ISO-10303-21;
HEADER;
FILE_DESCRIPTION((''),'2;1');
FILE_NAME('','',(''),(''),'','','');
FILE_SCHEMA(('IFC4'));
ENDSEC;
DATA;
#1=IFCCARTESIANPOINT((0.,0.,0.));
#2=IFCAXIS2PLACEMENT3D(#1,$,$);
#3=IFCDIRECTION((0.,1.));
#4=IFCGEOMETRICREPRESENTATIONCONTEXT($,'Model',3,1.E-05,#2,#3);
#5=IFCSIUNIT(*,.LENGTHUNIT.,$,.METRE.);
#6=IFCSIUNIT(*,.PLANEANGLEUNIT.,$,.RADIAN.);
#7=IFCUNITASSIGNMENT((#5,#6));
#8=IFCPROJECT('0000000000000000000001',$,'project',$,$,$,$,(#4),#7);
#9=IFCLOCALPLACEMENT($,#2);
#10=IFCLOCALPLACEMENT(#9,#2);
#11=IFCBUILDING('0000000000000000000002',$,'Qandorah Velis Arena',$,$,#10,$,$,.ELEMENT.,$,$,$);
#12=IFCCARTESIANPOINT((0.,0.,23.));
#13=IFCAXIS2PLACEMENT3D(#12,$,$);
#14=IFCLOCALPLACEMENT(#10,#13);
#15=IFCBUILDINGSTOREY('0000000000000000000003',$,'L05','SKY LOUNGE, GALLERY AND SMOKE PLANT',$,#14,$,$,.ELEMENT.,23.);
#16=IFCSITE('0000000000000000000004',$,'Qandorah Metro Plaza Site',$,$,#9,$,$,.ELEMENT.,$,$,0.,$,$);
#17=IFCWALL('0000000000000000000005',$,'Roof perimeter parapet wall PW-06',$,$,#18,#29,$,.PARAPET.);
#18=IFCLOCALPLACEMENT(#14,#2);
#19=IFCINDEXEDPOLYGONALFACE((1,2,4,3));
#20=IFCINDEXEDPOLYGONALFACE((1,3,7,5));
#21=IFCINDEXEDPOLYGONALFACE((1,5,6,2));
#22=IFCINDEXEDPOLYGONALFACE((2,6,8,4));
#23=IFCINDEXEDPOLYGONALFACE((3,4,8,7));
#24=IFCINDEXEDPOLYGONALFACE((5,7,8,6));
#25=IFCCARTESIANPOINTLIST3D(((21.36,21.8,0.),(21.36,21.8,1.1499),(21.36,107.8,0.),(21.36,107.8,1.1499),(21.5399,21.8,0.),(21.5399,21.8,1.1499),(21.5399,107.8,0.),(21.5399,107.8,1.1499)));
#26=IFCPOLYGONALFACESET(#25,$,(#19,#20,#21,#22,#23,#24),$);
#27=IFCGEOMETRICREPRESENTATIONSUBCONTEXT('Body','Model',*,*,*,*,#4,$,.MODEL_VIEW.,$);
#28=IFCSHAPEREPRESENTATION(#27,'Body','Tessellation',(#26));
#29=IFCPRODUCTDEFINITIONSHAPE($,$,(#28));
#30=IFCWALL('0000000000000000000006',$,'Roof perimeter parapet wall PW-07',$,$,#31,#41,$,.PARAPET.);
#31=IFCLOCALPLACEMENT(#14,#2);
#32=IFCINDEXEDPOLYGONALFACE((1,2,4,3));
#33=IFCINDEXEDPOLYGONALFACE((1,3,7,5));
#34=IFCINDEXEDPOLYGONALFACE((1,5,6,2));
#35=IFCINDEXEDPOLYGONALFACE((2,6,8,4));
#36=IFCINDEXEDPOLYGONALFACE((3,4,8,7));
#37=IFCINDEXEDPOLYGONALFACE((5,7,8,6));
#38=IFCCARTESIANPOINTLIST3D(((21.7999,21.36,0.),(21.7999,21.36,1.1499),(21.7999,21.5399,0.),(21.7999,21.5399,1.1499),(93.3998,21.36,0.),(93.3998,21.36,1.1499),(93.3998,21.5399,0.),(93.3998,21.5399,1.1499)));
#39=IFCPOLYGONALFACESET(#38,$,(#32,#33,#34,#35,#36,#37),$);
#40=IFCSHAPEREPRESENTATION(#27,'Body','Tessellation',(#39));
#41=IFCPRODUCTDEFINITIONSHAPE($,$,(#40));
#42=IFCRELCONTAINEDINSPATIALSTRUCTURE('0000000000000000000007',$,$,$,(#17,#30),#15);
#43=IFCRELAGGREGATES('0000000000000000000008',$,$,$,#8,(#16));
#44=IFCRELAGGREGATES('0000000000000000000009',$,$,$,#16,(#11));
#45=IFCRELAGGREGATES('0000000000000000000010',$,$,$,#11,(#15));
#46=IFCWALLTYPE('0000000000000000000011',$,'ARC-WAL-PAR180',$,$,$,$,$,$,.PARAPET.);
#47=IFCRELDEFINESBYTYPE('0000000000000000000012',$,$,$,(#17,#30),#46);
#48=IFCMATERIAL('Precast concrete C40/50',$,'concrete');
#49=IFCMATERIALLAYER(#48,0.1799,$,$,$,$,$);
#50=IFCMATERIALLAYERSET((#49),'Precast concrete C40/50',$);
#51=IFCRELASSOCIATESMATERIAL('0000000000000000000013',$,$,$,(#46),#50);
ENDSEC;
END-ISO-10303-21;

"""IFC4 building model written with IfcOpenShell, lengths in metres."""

from ifc_helpers import new_model, si_unit, direction, frame, frame_2d, origin, place, context, subcontext, project, spatial, rectangle, extrude, material, layer, layer_set, type_object, element, save


model = new_model("IFC4")

# Units and contexts
model_context = context("Model", 3, precision=1e-05, world=origin(), true_north=direction((0.0, 1.0)))
body_context = subcontext(model_context, "Body", "Model", "MODEL_VIEW")
ifc_project = project(units=[si_unit("LENGTHUNIT", "METRE"), si_unit("PLANEANGLEUNIT", "RADIAN")], contexts=[model_context])

# Site, building, storey
site_placement = place(None, origin())
site = spatial("IfcSite", under=ifc_project, at=site_placement, Name="Qandorah Metro Plaza Site", CompositionType="ELEMENT", RefElevation=0.0)
building_placement = place(site_placement, origin())
building = spatial("IfcBuilding", under=site, at=building_placement, Name="Qandorah Velis Arena", CompositionType="ELEMENT")
storey_placement = place(building_placement, frame((0.0, 0.0, 23.0)))
storey = spatial("IfcBuildingStorey", under=building, at=storey_placement, Name="L05", Description="SKY LOUNGE, GALLERY AND SMOKE PLANT", CompositionType="ELEMENT", Elevation=23.0)

# Walls
ifc_material_1 = material(Name="Precast concrete C40/50", Category="concrete")
ifc_layer_1 = layer(ifc_material_1, 0.1799)
ifc_layer_set_1 = layer_set([ifc_layer_1], Name="Precast concrete C40/50")
wall_type_1 = type_object("IfcWallType", Name="ARC-WAL-PAR180", PredefinedType="PARAPET", material=ifc_layer_set_1)
wall_1_placement = place(storey_placement, frame((21.45, 21.8, 0.0), z_axis=(0.0, 0.0, 1.0), x_axis=(0.0, 1.0, 0.0)))
element("IfcWall", 1, at=wall_1_placement, inside=storey, type_object=wall_type_1, Name="Roof perimeter parapet wall PW-06", PredefinedType="PARAPET", context=body_context, shape_type="SweptSolid", body=[
    extrude(rectangle(XDim=86.0, YDim=0.1799, at=frame_2d((43.0, 0.0))), origin(), (0.0, 0.0, 1.0), 1.1499),
])
wall_2_placement = place(storey_placement, frame((21.8, 21.45, 0.0), z_axis=(0.0, 0.0, 1.0), x_axis=(1.0, 0.0, 0.0)))
element("IfcWall", 2, at=wall_2_placement, inside=storey, type_object=wall_type_1, Name="Roof perimeter parapet wall PW-07", PredefinedType="PARAPET", context=body_context, shape_type="SweptSolid", body=[
    extrude(rectangle(XDim=71.5999, YDim=0.1799, at=frame_2d((35.7998, 0.0))), origin(), (0.0, 0.0, 1.0), 1.1499),
])

save(model, "model.ifc")
